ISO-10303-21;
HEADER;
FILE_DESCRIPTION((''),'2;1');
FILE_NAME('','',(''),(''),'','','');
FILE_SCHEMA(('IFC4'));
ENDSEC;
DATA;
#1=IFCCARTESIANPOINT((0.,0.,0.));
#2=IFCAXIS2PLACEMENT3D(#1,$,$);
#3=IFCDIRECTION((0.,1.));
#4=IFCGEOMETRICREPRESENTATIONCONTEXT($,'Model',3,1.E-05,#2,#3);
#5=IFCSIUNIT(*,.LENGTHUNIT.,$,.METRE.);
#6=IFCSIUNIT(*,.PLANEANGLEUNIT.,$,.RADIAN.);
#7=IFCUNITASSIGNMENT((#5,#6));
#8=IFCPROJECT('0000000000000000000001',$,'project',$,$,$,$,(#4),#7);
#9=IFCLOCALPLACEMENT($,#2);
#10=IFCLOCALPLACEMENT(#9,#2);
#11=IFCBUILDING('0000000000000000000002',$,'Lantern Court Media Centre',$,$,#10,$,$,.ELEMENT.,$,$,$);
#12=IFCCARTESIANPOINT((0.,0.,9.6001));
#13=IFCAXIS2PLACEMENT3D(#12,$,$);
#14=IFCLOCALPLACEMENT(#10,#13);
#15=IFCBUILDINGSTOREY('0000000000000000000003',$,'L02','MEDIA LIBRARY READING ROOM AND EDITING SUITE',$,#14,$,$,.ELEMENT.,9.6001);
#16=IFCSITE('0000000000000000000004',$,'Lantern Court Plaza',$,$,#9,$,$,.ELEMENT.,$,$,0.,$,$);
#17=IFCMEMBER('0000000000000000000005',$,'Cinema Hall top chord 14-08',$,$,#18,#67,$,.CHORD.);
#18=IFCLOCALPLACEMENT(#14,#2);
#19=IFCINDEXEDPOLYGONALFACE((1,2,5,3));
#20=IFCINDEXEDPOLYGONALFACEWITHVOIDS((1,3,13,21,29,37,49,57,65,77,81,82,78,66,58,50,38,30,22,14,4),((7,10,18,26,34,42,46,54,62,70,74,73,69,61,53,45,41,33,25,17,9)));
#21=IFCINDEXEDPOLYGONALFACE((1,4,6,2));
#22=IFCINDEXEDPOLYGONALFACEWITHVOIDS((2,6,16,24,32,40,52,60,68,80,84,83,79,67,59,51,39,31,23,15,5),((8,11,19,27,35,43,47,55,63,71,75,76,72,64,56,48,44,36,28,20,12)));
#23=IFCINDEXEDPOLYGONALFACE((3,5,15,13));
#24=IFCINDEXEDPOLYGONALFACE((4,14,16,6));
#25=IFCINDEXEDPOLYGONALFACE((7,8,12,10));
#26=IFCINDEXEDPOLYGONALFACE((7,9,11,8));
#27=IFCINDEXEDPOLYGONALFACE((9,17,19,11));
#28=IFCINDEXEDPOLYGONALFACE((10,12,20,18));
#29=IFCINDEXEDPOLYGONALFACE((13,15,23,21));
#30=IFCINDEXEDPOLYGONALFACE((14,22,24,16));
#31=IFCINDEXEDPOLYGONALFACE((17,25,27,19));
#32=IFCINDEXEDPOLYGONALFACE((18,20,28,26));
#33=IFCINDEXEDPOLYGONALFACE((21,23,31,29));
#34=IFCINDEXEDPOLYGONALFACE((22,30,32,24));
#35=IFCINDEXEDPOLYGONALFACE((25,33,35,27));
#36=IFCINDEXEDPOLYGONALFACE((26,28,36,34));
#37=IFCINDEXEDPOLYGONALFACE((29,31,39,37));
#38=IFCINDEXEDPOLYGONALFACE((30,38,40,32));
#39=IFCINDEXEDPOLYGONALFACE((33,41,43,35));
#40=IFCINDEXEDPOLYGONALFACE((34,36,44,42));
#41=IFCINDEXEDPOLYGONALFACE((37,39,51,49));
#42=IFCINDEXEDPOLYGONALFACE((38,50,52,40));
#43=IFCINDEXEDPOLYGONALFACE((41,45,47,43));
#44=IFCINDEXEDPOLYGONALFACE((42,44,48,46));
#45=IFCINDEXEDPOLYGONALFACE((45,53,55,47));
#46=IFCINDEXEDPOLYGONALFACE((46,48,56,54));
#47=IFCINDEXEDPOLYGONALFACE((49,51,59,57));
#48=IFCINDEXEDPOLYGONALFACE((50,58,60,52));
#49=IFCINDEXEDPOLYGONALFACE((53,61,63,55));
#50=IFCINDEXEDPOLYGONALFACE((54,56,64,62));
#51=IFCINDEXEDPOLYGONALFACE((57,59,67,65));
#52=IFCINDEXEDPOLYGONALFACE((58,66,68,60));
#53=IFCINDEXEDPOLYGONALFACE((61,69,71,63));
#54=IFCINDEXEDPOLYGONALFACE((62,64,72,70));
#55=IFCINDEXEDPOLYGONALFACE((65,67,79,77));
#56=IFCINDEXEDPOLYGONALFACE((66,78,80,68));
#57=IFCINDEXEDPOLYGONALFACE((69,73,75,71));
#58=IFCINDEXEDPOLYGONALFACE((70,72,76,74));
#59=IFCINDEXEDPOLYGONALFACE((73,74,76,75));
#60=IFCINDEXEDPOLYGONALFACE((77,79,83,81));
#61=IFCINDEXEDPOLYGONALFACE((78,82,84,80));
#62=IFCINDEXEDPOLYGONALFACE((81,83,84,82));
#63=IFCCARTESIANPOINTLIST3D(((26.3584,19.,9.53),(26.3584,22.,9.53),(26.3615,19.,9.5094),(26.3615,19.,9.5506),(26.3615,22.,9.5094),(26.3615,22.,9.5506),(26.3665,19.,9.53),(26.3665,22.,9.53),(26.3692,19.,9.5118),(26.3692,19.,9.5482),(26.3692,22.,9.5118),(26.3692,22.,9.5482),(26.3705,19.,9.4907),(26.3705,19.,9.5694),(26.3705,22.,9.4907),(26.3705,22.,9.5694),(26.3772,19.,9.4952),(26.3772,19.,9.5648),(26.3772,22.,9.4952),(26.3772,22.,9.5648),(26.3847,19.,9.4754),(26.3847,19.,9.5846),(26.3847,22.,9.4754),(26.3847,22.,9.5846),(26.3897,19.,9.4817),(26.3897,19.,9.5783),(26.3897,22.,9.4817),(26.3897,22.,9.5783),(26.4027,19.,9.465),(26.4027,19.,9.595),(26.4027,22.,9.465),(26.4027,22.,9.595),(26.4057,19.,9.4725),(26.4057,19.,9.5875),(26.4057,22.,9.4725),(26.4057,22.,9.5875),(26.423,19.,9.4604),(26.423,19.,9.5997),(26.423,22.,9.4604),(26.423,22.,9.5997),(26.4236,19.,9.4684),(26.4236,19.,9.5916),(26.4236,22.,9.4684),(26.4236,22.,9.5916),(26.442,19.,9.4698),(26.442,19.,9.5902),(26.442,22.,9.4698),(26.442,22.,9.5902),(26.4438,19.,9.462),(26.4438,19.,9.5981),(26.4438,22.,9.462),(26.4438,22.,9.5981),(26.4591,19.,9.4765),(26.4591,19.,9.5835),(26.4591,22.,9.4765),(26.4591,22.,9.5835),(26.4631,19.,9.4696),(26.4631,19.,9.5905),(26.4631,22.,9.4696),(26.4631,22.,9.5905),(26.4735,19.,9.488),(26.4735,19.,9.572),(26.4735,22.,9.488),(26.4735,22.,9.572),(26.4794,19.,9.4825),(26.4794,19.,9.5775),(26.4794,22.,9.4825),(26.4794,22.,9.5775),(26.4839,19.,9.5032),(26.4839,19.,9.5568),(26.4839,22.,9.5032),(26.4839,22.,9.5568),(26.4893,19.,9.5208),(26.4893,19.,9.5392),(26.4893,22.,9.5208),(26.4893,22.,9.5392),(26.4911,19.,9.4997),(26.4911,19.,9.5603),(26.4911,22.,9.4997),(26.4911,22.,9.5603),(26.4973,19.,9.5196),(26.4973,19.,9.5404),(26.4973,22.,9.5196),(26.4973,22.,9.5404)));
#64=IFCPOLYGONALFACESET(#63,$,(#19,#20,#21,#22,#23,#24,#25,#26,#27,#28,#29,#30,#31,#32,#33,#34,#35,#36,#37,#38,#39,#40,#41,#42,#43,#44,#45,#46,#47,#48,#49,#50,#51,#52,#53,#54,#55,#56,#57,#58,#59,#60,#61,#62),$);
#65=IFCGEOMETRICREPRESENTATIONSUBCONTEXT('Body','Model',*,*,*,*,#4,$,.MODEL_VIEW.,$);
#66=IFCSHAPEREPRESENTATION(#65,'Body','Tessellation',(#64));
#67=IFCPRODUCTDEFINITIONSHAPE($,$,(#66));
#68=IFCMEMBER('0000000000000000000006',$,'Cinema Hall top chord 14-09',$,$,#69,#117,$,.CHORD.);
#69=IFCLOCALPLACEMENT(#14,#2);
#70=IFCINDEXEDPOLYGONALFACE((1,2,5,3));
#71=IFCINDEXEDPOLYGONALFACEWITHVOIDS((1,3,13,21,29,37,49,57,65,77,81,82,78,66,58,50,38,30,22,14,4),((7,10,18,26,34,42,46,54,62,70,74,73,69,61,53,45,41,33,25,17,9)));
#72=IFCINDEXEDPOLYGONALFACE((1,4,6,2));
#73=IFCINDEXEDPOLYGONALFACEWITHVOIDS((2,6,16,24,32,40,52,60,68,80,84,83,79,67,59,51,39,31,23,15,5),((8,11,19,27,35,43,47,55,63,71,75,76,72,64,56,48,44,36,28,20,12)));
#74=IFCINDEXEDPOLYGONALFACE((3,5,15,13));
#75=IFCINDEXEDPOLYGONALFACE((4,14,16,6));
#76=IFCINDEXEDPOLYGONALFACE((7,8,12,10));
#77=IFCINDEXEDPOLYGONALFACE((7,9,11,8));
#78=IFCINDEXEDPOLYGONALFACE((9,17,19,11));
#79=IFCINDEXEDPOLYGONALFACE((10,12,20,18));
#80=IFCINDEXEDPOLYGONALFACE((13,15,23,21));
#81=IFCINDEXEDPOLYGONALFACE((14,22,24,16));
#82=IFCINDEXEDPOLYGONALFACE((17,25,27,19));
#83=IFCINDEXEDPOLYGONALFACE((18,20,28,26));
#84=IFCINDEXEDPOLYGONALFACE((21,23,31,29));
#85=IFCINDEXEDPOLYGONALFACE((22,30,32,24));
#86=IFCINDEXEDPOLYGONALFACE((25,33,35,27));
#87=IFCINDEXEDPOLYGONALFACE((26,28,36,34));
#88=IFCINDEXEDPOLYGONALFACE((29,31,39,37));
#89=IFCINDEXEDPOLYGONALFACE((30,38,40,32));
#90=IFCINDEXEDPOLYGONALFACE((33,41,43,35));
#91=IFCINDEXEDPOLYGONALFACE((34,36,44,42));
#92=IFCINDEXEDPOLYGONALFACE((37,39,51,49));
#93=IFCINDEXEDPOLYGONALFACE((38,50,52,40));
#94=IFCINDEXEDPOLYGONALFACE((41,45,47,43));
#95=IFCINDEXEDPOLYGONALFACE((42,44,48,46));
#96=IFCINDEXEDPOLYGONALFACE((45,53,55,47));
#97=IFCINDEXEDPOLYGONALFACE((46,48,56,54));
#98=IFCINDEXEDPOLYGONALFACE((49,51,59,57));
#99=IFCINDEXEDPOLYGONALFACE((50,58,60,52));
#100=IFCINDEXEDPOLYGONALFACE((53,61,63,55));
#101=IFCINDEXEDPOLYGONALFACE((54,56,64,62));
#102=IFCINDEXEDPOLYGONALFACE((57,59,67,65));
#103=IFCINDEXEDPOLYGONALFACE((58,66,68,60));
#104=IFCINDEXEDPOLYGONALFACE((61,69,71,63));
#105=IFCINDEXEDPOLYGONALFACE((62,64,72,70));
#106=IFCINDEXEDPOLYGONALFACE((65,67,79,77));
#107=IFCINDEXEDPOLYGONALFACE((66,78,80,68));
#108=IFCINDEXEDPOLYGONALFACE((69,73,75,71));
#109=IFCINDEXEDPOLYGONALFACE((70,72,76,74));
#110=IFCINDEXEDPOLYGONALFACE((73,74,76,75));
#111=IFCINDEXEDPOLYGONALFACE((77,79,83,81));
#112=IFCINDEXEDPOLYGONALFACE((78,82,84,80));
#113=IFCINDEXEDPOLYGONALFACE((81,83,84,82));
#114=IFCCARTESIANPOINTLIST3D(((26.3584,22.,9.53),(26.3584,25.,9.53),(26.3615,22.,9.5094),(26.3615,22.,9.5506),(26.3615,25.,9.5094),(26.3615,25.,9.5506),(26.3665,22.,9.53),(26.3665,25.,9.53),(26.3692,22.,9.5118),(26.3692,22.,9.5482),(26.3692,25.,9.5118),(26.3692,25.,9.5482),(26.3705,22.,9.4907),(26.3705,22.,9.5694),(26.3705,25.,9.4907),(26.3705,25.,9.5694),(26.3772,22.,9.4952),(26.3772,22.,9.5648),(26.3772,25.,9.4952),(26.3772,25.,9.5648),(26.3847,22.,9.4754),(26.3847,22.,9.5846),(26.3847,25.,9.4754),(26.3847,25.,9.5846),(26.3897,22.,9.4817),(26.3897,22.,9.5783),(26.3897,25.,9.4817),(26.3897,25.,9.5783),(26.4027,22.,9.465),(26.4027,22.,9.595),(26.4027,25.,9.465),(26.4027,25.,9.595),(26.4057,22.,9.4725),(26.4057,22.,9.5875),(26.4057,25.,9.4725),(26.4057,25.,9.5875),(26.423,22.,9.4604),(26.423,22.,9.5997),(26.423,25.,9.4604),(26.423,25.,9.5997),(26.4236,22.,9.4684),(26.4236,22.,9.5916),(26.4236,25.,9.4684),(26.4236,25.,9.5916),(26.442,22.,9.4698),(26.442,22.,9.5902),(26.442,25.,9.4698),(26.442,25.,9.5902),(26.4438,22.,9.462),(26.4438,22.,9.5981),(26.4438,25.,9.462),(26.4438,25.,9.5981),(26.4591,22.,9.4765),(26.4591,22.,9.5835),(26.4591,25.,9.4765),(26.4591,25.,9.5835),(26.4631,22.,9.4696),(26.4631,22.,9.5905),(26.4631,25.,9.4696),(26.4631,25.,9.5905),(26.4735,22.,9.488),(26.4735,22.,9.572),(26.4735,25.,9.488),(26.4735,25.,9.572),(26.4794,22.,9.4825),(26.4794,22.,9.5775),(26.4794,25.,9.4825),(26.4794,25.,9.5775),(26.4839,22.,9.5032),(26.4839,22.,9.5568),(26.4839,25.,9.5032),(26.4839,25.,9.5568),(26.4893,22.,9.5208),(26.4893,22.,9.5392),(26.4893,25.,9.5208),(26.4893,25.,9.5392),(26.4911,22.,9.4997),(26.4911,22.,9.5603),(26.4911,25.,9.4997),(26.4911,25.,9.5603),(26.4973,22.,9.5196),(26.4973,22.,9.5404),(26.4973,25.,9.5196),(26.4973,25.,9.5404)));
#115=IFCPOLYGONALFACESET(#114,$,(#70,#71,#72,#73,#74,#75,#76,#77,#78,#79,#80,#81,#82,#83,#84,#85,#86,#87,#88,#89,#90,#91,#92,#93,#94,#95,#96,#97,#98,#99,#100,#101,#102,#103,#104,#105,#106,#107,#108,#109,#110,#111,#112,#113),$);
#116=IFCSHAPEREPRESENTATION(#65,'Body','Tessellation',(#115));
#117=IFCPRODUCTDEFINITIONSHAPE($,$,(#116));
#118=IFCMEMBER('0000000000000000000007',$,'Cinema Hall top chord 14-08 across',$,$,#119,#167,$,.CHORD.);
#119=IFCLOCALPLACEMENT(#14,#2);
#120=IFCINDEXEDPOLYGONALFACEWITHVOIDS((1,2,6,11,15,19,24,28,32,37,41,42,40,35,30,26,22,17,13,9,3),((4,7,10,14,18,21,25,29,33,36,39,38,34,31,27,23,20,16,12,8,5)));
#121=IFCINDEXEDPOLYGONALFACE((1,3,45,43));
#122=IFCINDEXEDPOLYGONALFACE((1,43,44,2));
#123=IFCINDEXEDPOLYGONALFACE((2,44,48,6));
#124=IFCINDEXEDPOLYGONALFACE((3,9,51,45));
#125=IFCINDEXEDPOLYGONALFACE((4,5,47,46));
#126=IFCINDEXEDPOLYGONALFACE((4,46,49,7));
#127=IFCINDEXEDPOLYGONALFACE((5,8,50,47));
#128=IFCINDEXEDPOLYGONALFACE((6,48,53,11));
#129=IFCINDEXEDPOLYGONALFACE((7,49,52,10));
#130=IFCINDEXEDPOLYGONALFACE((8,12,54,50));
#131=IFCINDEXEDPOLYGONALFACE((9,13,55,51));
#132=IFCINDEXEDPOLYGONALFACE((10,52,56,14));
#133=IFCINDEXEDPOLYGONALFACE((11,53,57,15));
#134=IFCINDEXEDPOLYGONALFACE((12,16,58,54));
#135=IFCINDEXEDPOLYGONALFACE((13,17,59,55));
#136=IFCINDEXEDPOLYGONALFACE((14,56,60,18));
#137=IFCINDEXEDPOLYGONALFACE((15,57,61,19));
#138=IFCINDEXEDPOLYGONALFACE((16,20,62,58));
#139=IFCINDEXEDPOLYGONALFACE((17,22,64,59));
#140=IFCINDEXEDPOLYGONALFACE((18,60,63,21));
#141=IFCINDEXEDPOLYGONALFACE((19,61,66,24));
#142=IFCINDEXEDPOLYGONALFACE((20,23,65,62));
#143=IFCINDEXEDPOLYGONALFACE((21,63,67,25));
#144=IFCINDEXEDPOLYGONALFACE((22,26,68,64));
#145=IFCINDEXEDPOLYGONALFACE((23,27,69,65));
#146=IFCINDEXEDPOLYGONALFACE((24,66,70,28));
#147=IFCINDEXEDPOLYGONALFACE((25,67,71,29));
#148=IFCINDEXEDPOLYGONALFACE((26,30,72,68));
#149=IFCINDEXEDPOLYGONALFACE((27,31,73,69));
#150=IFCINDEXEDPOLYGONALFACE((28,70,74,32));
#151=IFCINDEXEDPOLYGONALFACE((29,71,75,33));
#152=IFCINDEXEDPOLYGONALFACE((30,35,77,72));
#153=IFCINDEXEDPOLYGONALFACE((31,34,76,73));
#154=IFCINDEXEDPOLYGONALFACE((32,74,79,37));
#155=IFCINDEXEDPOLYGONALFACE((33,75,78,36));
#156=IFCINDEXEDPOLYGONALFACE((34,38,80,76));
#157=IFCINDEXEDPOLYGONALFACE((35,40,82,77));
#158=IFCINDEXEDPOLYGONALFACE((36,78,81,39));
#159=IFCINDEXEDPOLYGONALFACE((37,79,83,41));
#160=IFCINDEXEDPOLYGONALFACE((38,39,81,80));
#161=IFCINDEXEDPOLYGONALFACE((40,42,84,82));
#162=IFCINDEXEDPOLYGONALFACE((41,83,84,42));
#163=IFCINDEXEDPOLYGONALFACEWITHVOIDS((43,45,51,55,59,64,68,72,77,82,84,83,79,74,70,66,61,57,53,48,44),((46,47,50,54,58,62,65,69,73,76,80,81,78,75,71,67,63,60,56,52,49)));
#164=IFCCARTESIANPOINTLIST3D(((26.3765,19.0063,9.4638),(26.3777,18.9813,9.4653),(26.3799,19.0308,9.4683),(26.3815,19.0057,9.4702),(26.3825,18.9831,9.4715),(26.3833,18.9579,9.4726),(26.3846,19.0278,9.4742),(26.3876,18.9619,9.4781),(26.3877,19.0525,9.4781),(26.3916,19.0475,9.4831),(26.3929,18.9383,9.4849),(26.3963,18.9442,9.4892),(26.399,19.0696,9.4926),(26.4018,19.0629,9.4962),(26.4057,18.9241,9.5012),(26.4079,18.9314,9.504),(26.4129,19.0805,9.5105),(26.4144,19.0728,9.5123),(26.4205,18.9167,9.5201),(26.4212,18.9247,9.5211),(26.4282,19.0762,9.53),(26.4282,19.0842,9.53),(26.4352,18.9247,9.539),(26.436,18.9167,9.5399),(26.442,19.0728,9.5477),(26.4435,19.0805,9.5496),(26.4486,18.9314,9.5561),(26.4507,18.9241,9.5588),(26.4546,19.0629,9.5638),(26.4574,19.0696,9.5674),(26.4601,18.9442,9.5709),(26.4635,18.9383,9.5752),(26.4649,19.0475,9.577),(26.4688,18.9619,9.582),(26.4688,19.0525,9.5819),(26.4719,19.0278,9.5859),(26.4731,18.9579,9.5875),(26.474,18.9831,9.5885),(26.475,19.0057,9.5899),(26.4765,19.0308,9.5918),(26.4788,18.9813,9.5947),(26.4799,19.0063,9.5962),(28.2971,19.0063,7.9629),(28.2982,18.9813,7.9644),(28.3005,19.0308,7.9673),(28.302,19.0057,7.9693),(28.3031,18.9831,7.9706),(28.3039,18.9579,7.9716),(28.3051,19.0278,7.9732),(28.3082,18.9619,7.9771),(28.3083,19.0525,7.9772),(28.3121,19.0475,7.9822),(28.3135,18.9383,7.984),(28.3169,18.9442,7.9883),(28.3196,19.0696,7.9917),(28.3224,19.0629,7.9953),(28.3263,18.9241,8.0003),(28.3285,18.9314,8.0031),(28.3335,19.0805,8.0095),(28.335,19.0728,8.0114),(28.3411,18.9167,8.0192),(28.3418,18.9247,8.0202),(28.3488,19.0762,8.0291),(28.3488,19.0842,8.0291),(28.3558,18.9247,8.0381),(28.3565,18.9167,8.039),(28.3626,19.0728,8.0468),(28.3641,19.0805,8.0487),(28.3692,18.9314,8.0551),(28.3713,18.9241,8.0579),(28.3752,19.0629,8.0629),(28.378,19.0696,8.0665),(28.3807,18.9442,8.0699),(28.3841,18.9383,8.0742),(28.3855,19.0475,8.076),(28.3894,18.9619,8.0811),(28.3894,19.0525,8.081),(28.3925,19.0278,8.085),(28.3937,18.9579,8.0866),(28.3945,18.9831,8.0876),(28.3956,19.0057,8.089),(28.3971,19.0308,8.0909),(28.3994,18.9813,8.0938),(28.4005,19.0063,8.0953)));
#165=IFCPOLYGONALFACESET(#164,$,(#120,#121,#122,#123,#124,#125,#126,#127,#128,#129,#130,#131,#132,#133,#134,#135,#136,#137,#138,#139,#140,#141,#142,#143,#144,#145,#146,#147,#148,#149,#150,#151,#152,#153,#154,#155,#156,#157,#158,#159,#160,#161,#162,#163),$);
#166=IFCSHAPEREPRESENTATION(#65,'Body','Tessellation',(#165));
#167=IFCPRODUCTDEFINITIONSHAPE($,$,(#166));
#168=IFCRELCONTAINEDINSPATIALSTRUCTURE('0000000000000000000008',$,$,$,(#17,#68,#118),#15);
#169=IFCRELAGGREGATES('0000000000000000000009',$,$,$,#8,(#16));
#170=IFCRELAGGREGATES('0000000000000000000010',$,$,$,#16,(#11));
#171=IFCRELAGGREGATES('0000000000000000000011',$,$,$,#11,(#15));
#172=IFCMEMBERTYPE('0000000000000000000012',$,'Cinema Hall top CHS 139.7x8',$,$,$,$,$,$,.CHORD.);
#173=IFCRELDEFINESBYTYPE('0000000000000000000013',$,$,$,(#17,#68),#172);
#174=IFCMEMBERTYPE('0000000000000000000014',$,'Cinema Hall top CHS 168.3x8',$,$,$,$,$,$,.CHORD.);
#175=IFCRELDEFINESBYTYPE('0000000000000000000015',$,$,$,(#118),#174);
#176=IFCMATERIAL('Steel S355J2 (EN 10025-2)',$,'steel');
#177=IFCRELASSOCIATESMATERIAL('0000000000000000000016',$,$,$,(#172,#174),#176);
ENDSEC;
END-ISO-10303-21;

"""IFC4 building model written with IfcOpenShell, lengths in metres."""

from ifc_helpers import new_model, si_unit, direction, frame, origin, origin_2d, place, context, subcontext, project, spatial, hollow_circle, extrude, material, material_profile, profile_set, type_object, element, save


model = new_model("IFC4")

# Units and contexts
model_context = context("Model", 3, precision=1e-05, world=origin(), true_north=direction((0.0, 1.0)))
body_context = subcontext(model_context, "Body", "Model", "MODEL_VIEW")
ifc_project = project(units=[si_unit("LENGTHUNIT", "METRE"), si_unit("PLANEANGLEUNIT", "RADIAN")], contexts=[model_context])

# Site, building, storey
site_placement = place(None, origin())
site = spatial("IfcSite", under=ifc_project, at=site_placement, Name="Lantern Court Plaza", CompositionType="ELEMENT", RefElevation=0.0)
building_placement = place(site_placement, origin())
building = spatial("IfcBuilding", under=site, at=building_placement, Name="Lantern Court Media Centre", CompositionType="ELEMENT")
storey_placement = place(building_placement, frame((0.0, 0.0, 9.6001)))
storey = spatial("IfcBuildingStorey", under=building, at=storey_placement, Name="L02", Description="MEDIA LIBRARY READING ROOM AND EDITING SUITE", CompositionType="ELEMENT", Elevation=9.6001)

# Members
ifc_material = material(Name="Steel S355J2 (EN 10025-2)", Category="steel")
ifc_material_profile_1 = material_profile(ifc_material, hollow_circle(Radius=0.0698, WallThickness=0.0081, at=origin_2d()), Name="Cinema Hall top CHS 139.7x8")
ifc_profile_set_1 = profile_set([ifc_material_profile_1], Name="Steel S355J2 (EN 10025-2)")
member_type_1 = type_object("IfcMemberType", Name="Cinema Hall top CHS 139.7x8", PredefinedType="CHORD", material=ifc_profile_set_1)
for number, where, z_axis, x_axis, name in (
    (1, (26.4282, 19.0, 9.53), (0.0, 1.0, 0.0), (-1.0, 0.0, 0.0), "Cinema Hall top chord 14-08"),
    (2, (26.4282, 22.0, 9.53), (0.0, 1.0, 0.0), (-1.0, 0.0, 0.0), "Cinema Hall top chord 14-09"),
):
    element("IfcMember", number, at=place(storey_placement, frame(where, z_axis=z_axis, x_axis=x_axis)), inside=storey, type_object=member_type_1, Name=name, PredefinedType="CHORD", context=body_context, shape_type="SweptSolid", body=[
        extrude(hollow_circle(Radius=0.0698, WallThickness=0.0081, at=origin_2d()), origin(), (0.0, 0.0, 1.0), 3.0),
    ])
ifc_material_profile_2 = material_profile(ifc_material, hollow_circle(Radius=0.0842, WallThickness=0.0081, at=origin_2d()), Name="Cinema Hall top CHS 168.3x8")
ifc_profile_set_2 = profile_set([ifc_material_profile_2], Name="Steel S355J2 (EN 10025-2)")
member_type_2 = type_object("IfcMemberType", Name="Cinema Hall top CHS 168.3x8", PredefinedType="CHORD", material=ifc_profile_set_2)
for number, where, z_axis, x_axis, name in (
    (3, (26.4282, 19.0, 9.53), (0.787932, 0.0, -0.615763), (0.0, 1.0, 0.0), "Cinema Hall top chord 14-08 across"),
):
    element("IfcMember", number, at=place(storey_placement, frame(where, z_axis=z_axis, x_axis=x_axis)), inside=storey, type_object=member_type_2, Name=name, PredefinedType="CHORD", context=body_context, shape_type="SweptSolid", body=[
        extrude(hollow_circle(Radius=0.0842, WallThickness=0.0081, at=origin_2d()), origin(), (0.0, 0.0, 1.0), 2.4375),
    ])

save(model, "model.ifc")
